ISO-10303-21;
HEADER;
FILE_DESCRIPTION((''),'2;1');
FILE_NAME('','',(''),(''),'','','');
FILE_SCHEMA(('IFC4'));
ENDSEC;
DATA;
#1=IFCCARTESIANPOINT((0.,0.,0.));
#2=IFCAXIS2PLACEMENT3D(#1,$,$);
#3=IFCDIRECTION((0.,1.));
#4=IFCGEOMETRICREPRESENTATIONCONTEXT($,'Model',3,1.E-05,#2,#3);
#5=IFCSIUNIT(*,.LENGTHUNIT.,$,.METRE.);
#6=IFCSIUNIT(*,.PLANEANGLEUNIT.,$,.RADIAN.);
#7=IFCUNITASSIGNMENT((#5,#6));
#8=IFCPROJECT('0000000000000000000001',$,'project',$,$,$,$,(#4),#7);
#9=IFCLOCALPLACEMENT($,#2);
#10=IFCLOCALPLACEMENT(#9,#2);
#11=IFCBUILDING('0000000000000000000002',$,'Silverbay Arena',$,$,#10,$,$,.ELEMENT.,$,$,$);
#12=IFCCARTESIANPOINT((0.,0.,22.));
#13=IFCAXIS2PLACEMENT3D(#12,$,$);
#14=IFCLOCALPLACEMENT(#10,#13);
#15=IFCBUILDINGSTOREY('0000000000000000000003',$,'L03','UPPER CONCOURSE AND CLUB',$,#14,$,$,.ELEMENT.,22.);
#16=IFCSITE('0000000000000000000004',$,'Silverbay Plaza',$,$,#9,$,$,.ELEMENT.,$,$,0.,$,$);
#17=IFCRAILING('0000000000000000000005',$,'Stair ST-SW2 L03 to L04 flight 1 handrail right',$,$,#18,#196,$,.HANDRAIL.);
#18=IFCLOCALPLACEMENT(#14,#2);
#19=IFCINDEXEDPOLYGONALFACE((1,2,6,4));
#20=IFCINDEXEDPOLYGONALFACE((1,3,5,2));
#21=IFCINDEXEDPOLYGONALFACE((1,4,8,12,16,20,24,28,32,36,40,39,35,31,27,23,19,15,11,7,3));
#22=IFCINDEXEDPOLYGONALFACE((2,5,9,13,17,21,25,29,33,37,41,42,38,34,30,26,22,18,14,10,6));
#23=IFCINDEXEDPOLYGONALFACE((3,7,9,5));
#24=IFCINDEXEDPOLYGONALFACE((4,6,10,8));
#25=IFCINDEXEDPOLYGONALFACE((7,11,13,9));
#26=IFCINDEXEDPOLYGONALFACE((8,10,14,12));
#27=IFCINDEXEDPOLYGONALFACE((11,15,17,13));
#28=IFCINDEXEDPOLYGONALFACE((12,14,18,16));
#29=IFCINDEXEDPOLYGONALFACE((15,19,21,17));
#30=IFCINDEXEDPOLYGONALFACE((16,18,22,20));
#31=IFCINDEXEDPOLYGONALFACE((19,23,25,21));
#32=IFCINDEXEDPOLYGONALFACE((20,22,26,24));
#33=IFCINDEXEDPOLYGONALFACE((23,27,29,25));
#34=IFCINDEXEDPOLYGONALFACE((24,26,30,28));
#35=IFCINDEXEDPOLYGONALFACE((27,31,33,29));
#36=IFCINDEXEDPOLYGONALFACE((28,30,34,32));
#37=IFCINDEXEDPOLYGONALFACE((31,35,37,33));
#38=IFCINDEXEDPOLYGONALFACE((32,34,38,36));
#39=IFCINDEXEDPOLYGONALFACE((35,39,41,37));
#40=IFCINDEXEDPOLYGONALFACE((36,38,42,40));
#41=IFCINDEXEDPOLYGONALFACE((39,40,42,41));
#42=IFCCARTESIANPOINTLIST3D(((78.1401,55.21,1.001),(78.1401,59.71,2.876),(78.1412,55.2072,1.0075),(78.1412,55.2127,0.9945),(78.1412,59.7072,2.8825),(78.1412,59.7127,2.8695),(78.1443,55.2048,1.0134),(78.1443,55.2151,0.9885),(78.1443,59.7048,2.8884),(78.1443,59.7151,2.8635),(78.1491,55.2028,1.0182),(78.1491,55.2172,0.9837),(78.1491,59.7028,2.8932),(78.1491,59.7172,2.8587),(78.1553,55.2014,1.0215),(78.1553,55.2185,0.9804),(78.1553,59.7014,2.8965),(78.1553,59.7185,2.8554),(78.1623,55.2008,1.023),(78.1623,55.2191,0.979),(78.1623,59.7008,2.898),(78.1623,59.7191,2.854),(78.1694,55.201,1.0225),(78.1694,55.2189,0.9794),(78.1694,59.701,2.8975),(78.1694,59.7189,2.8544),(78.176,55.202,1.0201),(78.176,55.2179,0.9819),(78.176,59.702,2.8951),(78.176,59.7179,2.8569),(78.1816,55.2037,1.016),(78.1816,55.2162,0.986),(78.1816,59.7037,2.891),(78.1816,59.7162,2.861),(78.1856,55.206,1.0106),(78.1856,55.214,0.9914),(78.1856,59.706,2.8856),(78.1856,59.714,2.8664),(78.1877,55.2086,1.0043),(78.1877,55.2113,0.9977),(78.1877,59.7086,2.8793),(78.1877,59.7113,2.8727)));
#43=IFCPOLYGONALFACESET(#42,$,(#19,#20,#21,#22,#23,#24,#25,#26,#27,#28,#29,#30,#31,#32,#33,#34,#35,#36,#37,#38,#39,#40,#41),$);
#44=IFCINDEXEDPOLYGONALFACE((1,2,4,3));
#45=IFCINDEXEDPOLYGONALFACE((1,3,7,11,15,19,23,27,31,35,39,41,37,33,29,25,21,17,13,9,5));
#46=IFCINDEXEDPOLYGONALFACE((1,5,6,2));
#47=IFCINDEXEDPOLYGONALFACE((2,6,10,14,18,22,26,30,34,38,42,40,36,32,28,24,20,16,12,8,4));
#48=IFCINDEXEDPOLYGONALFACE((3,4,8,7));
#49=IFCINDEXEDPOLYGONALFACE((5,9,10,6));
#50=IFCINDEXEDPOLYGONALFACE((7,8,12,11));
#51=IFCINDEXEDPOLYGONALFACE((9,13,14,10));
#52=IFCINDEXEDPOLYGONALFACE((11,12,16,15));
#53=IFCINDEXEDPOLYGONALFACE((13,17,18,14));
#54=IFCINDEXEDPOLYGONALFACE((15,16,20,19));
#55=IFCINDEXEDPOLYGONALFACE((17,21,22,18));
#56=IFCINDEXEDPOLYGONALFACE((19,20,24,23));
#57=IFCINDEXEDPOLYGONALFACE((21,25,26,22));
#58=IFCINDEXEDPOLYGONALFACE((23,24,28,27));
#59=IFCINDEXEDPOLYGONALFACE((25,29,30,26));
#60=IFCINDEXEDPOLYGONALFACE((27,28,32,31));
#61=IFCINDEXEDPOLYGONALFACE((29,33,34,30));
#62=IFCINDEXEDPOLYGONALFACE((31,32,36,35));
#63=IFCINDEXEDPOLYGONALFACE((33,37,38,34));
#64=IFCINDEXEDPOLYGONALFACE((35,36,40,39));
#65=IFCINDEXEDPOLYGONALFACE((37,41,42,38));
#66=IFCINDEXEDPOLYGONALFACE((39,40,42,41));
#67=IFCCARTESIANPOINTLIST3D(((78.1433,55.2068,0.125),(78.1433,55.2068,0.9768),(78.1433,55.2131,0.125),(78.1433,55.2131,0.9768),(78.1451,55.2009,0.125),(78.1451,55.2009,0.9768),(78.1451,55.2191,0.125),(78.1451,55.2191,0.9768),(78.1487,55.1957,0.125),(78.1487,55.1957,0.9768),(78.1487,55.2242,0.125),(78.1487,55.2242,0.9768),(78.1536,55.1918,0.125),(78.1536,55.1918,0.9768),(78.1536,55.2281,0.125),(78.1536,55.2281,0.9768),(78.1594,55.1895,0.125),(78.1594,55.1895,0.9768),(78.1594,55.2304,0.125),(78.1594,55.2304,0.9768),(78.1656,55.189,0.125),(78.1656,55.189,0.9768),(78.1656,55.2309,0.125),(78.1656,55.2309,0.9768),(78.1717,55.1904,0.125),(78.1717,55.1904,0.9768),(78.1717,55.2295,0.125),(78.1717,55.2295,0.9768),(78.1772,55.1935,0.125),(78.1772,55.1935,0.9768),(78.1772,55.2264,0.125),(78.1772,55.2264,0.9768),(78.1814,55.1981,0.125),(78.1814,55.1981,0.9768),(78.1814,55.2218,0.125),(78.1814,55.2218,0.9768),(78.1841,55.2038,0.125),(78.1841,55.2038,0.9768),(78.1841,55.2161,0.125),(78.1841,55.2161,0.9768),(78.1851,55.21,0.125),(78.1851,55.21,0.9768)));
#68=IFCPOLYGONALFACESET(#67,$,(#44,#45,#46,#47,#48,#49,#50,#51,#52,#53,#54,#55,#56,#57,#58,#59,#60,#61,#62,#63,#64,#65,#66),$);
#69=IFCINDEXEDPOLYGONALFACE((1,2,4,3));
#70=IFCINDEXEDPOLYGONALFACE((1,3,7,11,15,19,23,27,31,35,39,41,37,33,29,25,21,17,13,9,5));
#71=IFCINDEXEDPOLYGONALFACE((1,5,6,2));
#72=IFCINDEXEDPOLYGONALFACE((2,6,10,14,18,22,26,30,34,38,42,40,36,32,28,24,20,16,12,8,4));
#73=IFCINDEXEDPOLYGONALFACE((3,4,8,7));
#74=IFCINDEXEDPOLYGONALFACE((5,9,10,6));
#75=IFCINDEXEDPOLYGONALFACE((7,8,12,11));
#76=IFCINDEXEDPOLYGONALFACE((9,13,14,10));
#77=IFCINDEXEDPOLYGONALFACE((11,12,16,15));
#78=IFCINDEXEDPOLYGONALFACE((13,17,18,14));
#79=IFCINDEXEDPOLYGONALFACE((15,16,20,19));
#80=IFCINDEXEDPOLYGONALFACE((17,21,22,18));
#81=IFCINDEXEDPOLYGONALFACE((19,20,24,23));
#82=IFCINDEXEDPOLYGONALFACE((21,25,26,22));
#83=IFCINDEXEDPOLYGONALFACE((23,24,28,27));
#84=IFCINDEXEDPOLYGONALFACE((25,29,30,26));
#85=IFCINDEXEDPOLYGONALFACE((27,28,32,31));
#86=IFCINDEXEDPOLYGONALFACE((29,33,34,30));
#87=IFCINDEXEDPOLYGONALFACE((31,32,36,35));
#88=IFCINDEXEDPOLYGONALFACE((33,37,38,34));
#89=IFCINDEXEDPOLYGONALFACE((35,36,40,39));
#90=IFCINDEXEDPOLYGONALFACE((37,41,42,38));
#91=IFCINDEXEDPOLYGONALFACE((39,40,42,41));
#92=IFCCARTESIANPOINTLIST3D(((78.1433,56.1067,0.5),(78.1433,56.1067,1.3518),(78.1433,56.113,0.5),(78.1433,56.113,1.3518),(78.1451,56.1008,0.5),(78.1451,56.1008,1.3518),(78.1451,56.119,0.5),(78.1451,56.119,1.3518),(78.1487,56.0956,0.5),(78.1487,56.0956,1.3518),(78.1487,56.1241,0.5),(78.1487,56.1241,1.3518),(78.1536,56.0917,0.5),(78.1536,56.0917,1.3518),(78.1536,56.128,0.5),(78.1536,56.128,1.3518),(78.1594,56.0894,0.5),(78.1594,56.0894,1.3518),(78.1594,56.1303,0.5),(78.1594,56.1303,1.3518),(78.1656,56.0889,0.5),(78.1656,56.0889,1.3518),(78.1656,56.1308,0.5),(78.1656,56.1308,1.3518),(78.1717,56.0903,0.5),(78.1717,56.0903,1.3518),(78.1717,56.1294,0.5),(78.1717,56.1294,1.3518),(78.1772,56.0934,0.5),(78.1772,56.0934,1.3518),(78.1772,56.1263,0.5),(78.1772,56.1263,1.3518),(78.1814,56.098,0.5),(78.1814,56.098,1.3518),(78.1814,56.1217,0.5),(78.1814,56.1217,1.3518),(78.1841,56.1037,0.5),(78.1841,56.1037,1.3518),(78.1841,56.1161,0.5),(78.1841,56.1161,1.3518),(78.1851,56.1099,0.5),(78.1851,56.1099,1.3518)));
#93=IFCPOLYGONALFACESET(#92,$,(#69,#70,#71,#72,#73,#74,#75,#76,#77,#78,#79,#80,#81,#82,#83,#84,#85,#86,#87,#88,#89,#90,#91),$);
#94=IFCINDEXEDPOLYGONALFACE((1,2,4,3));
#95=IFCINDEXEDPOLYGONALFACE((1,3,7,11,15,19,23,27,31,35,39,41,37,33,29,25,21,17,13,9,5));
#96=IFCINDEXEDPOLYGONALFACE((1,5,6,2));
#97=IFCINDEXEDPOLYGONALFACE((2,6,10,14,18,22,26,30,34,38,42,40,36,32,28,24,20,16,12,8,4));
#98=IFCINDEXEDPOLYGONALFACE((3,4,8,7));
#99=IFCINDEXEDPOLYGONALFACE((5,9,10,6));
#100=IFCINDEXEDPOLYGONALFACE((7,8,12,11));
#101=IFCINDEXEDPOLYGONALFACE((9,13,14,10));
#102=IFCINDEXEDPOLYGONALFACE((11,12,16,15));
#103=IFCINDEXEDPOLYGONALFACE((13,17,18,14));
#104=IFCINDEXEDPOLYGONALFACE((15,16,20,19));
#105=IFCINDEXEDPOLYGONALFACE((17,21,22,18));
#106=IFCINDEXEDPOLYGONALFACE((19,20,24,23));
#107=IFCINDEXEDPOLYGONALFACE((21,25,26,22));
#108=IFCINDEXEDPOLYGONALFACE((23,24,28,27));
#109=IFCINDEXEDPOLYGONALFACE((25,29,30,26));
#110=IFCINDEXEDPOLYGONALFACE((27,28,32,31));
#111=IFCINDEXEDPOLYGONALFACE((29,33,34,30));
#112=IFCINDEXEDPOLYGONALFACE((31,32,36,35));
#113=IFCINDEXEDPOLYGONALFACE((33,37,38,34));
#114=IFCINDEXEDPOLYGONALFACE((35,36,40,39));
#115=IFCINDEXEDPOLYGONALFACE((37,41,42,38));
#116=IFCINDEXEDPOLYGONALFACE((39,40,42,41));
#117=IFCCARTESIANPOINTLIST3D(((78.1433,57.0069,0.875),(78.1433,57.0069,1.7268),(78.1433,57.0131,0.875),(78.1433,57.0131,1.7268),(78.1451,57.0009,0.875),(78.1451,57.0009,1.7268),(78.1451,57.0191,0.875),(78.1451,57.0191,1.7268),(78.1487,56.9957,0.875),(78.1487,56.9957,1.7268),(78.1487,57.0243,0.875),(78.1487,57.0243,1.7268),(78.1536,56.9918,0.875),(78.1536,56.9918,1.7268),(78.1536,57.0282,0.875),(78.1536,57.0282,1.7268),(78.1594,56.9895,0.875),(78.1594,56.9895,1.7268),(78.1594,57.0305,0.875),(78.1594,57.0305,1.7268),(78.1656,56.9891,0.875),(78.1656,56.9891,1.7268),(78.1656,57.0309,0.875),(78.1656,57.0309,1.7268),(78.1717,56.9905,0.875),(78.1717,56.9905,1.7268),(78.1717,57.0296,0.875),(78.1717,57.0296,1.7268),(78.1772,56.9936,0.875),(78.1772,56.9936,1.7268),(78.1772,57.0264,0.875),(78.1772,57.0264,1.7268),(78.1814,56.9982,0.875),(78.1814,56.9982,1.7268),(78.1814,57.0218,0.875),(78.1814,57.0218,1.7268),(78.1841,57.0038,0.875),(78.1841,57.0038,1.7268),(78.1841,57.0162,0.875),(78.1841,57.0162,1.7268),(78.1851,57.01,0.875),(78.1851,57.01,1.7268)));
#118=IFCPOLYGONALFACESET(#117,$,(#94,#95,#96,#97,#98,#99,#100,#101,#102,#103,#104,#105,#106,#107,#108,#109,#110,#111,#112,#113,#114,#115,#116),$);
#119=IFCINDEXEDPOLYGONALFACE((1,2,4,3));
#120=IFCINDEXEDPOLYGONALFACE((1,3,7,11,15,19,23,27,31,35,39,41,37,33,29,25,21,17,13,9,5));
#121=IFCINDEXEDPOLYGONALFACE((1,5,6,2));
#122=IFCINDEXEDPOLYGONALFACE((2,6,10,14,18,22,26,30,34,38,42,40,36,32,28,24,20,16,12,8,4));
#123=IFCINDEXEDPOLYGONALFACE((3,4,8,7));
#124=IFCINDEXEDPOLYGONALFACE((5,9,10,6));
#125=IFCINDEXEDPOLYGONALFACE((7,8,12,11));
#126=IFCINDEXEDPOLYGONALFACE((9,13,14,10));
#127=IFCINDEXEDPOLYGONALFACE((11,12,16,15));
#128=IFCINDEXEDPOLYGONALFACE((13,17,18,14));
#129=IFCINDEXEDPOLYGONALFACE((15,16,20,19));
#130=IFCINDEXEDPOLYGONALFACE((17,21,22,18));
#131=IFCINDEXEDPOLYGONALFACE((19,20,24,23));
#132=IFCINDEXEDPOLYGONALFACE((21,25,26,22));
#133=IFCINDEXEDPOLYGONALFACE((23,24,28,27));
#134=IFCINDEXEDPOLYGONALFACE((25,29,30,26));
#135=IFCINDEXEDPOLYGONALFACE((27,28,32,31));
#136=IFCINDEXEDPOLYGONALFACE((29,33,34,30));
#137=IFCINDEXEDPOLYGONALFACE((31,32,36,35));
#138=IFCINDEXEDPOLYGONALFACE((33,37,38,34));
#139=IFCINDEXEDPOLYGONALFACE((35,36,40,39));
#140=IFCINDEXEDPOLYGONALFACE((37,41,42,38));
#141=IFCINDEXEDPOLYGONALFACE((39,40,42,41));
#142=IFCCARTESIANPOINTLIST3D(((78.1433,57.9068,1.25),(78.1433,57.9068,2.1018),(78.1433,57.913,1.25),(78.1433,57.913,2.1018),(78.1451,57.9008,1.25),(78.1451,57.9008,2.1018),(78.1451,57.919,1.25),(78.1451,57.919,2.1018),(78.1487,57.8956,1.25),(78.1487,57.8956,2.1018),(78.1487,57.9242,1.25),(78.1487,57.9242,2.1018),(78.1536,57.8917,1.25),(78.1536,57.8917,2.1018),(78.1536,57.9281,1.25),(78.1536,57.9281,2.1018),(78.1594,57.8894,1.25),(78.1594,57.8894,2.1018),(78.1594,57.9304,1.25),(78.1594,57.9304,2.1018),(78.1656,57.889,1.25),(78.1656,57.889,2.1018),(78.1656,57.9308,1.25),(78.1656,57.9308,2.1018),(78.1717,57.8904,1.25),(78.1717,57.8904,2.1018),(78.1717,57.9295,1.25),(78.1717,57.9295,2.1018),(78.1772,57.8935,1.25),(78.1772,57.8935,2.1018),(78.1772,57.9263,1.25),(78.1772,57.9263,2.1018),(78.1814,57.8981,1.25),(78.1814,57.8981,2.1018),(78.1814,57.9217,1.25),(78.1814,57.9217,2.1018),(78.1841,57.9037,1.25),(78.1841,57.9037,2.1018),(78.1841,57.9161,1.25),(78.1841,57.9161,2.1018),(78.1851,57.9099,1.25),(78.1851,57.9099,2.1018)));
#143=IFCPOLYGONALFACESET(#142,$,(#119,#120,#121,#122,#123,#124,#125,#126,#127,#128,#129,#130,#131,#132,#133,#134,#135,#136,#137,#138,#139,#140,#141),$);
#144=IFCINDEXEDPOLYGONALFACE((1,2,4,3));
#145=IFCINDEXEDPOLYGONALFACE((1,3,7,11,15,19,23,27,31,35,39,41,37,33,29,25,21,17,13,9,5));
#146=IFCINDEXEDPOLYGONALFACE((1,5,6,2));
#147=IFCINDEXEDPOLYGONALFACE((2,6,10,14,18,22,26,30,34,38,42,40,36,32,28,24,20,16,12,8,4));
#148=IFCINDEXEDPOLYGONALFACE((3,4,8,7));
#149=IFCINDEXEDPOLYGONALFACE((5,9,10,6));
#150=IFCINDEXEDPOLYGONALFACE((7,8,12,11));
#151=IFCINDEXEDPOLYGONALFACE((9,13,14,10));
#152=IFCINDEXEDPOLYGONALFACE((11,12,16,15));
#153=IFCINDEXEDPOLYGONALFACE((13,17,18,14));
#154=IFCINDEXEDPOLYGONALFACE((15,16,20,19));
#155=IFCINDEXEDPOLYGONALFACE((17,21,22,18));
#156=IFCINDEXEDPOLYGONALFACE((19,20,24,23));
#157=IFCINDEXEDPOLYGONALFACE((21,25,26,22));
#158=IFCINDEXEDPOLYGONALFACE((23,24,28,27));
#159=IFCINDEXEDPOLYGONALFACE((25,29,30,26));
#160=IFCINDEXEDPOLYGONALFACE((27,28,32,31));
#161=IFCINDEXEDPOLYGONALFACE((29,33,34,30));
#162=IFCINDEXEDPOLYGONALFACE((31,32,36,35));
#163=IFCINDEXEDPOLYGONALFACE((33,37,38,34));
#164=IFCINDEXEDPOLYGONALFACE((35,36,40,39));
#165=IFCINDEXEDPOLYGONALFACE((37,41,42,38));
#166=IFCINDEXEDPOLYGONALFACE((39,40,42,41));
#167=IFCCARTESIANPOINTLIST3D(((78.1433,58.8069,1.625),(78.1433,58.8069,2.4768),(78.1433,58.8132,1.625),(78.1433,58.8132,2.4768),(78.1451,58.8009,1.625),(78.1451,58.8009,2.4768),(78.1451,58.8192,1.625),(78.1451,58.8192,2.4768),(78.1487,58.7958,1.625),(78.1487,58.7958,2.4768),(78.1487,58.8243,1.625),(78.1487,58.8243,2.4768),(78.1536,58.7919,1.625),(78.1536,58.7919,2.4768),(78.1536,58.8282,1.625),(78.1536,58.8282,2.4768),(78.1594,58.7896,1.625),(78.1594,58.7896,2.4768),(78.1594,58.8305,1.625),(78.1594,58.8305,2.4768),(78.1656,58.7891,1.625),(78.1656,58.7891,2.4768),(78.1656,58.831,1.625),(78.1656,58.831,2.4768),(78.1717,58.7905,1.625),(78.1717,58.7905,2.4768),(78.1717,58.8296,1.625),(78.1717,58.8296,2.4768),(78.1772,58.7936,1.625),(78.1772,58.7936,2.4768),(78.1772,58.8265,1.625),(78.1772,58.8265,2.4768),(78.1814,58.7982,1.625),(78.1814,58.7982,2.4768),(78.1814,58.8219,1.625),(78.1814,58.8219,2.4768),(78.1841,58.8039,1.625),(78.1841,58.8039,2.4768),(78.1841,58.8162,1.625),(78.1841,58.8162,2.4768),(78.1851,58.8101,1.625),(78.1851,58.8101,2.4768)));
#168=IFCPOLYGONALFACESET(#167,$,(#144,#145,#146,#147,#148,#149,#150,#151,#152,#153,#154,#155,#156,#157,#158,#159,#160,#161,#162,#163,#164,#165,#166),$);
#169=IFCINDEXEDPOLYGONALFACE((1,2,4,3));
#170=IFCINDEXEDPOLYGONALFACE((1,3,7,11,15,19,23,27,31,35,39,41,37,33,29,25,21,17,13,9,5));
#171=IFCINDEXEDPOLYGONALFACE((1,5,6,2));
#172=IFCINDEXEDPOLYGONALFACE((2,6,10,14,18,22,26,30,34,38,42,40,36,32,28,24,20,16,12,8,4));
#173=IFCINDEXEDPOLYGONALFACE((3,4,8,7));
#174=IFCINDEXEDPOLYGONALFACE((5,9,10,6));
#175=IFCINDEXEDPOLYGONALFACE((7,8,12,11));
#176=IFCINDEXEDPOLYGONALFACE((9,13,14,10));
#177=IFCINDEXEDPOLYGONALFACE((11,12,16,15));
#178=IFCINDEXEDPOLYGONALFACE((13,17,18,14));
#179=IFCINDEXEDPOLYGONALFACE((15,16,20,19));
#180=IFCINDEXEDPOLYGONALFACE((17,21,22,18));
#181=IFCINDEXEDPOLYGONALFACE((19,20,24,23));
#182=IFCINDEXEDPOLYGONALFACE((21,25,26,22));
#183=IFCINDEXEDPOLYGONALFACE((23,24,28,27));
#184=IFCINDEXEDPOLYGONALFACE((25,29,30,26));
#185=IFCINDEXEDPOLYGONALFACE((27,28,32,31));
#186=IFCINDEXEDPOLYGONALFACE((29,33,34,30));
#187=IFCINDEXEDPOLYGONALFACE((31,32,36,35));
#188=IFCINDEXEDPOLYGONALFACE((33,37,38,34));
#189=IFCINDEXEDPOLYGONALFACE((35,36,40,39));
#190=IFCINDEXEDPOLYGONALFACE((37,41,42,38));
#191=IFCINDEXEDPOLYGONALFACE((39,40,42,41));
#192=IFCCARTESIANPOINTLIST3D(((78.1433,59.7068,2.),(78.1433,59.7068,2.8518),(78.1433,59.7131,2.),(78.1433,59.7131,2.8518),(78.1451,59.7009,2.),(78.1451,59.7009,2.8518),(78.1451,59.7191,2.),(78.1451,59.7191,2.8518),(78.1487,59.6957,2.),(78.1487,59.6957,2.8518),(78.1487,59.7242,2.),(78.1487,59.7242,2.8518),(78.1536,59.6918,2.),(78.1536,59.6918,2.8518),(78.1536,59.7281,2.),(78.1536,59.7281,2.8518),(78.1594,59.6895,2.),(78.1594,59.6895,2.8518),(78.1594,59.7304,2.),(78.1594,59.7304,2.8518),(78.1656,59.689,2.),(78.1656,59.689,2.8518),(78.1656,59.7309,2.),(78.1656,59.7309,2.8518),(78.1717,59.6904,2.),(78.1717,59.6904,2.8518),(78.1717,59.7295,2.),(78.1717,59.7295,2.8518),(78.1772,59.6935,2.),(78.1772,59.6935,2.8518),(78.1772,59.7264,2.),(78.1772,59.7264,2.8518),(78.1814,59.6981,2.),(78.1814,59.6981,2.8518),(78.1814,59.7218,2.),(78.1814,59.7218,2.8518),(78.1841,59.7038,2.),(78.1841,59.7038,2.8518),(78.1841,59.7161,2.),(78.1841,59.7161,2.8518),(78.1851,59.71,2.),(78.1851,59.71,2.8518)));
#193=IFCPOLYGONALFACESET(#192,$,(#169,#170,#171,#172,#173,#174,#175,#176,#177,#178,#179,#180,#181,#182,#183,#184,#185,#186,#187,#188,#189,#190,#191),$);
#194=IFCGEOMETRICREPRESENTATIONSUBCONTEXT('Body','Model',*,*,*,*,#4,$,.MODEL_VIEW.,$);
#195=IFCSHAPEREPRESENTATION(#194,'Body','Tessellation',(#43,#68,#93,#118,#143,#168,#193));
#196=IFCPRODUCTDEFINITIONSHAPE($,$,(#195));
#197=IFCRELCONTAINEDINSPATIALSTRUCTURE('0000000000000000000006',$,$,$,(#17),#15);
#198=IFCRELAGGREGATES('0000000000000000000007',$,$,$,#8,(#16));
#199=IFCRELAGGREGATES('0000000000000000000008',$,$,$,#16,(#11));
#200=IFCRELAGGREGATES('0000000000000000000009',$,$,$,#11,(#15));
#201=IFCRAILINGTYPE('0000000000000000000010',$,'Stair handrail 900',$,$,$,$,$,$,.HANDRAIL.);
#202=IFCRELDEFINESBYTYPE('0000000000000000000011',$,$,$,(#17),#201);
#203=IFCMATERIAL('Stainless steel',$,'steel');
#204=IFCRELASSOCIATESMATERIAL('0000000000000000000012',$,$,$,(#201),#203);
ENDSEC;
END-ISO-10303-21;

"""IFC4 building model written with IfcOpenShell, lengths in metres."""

from ifc_helpers import new_model, si_unit, direction, frame, origin, origin_2d, place, context, subcontext, project, spatial, circle, extrude, material, type_object, element, save


model = new_model("IFC4")

# Units and contexts
model_context = context("Model", 3, precision=1e-05, world=origin(), true_north=direction((0.0, 1.0)))
body_context = subcontext(model_context, "Body", "Model", "MODEL_VIEW")
ifc_project = project(units=[si_unit("LENGTHUNIT", "METRE"), si_unit("PLANEANGLEUNIT", "RADIAN")], contexts=[model_context])

# Site, building, storey
site_placement = place(None, origin())
site = spatial("IfcSite", under=ifc_project, at=site_placement, Name="Silverbay Plaza", CompositionType="ELEMENT", RefElevation=0.0)
building_placement = place(site_placement, origin())
building = spatial("IfcBuilding", under=site, at=building_placement, Name="Silverbay Arena", CompositionType="ELEMENT")
storey_placement = place(building_placement, frame((0.0, 0.0, 22.0)))
storey = spatial("IfcBuildingStorey", under=building, at=storey_placement, Name="L03", Description="UPPER CONCOURSE AND CLUB", CompositionType="ELEMENT", Elevation=22.0)

# Railing
ifc_material_1 = material(Name="Stainless steel", Category="steel")
railing_type_1 = type_object("IfcRailingType", Name="Stair handrail 900", PredefinedType="HANDRAIL", material=ifc_material_1)
for number, where, name in (
    (1, (78.1641, 55.21, 0.125), "Stair ST-SW2 L03 to L04 flight 1 handrail right"),
):
    element("IfcRailing", number, at=place(storey_placement, frame(where)), inside=storey, type_object=railing_type_1, Name=name, PredefinedType="HANDRAIL", context=body_context, shape_type="SweptSolid", body=[
        extrude(circle(Radius=0.0239, at=origin_2d()), frame((0.0, 0.0, 0.876), z_axis=(0.0, 0.923077, 0.384615), x_axis=(-1.0, 0.0, 0.0)), (0.0, 0.0, 1.0), 4.875),
        extrude(circle(Radius=0.021, at=origin_2d()), origin(), (0.0, 0.0, 1.0), 0.8518),
        extrude(circle(Radius=0.021, at=origin_2d()), frame((0.0, 0.8999, 0.375)), (0.0, 0.0, 1.0), 0.8518),
        extrude(circle(Radius=0.021, at=origin_2d()), frame((0.0, 1.8, 0.75)), (0.0, 0.0, 1.0), 0.8518),
        extrude(circle(Radius=0.021, at=origin_2d()), frame((0.0, 2.7, 1.125)), (0.0, 0.0, 1.0), 0.8518),
        extrude(circle(Radius=0.021, at=origin_2d()), frame((0.0, 3.6001, 1.5)), (0.0, 0.0, 1.0), 0.8518),
        extrude(circle(Radius=0.021, at=origin_2d()), frame((0.0, 4.5, 1.875)), (0.0, 0.0, 1.0), 0.8518),
    ])

save(model, "model.ifc")
